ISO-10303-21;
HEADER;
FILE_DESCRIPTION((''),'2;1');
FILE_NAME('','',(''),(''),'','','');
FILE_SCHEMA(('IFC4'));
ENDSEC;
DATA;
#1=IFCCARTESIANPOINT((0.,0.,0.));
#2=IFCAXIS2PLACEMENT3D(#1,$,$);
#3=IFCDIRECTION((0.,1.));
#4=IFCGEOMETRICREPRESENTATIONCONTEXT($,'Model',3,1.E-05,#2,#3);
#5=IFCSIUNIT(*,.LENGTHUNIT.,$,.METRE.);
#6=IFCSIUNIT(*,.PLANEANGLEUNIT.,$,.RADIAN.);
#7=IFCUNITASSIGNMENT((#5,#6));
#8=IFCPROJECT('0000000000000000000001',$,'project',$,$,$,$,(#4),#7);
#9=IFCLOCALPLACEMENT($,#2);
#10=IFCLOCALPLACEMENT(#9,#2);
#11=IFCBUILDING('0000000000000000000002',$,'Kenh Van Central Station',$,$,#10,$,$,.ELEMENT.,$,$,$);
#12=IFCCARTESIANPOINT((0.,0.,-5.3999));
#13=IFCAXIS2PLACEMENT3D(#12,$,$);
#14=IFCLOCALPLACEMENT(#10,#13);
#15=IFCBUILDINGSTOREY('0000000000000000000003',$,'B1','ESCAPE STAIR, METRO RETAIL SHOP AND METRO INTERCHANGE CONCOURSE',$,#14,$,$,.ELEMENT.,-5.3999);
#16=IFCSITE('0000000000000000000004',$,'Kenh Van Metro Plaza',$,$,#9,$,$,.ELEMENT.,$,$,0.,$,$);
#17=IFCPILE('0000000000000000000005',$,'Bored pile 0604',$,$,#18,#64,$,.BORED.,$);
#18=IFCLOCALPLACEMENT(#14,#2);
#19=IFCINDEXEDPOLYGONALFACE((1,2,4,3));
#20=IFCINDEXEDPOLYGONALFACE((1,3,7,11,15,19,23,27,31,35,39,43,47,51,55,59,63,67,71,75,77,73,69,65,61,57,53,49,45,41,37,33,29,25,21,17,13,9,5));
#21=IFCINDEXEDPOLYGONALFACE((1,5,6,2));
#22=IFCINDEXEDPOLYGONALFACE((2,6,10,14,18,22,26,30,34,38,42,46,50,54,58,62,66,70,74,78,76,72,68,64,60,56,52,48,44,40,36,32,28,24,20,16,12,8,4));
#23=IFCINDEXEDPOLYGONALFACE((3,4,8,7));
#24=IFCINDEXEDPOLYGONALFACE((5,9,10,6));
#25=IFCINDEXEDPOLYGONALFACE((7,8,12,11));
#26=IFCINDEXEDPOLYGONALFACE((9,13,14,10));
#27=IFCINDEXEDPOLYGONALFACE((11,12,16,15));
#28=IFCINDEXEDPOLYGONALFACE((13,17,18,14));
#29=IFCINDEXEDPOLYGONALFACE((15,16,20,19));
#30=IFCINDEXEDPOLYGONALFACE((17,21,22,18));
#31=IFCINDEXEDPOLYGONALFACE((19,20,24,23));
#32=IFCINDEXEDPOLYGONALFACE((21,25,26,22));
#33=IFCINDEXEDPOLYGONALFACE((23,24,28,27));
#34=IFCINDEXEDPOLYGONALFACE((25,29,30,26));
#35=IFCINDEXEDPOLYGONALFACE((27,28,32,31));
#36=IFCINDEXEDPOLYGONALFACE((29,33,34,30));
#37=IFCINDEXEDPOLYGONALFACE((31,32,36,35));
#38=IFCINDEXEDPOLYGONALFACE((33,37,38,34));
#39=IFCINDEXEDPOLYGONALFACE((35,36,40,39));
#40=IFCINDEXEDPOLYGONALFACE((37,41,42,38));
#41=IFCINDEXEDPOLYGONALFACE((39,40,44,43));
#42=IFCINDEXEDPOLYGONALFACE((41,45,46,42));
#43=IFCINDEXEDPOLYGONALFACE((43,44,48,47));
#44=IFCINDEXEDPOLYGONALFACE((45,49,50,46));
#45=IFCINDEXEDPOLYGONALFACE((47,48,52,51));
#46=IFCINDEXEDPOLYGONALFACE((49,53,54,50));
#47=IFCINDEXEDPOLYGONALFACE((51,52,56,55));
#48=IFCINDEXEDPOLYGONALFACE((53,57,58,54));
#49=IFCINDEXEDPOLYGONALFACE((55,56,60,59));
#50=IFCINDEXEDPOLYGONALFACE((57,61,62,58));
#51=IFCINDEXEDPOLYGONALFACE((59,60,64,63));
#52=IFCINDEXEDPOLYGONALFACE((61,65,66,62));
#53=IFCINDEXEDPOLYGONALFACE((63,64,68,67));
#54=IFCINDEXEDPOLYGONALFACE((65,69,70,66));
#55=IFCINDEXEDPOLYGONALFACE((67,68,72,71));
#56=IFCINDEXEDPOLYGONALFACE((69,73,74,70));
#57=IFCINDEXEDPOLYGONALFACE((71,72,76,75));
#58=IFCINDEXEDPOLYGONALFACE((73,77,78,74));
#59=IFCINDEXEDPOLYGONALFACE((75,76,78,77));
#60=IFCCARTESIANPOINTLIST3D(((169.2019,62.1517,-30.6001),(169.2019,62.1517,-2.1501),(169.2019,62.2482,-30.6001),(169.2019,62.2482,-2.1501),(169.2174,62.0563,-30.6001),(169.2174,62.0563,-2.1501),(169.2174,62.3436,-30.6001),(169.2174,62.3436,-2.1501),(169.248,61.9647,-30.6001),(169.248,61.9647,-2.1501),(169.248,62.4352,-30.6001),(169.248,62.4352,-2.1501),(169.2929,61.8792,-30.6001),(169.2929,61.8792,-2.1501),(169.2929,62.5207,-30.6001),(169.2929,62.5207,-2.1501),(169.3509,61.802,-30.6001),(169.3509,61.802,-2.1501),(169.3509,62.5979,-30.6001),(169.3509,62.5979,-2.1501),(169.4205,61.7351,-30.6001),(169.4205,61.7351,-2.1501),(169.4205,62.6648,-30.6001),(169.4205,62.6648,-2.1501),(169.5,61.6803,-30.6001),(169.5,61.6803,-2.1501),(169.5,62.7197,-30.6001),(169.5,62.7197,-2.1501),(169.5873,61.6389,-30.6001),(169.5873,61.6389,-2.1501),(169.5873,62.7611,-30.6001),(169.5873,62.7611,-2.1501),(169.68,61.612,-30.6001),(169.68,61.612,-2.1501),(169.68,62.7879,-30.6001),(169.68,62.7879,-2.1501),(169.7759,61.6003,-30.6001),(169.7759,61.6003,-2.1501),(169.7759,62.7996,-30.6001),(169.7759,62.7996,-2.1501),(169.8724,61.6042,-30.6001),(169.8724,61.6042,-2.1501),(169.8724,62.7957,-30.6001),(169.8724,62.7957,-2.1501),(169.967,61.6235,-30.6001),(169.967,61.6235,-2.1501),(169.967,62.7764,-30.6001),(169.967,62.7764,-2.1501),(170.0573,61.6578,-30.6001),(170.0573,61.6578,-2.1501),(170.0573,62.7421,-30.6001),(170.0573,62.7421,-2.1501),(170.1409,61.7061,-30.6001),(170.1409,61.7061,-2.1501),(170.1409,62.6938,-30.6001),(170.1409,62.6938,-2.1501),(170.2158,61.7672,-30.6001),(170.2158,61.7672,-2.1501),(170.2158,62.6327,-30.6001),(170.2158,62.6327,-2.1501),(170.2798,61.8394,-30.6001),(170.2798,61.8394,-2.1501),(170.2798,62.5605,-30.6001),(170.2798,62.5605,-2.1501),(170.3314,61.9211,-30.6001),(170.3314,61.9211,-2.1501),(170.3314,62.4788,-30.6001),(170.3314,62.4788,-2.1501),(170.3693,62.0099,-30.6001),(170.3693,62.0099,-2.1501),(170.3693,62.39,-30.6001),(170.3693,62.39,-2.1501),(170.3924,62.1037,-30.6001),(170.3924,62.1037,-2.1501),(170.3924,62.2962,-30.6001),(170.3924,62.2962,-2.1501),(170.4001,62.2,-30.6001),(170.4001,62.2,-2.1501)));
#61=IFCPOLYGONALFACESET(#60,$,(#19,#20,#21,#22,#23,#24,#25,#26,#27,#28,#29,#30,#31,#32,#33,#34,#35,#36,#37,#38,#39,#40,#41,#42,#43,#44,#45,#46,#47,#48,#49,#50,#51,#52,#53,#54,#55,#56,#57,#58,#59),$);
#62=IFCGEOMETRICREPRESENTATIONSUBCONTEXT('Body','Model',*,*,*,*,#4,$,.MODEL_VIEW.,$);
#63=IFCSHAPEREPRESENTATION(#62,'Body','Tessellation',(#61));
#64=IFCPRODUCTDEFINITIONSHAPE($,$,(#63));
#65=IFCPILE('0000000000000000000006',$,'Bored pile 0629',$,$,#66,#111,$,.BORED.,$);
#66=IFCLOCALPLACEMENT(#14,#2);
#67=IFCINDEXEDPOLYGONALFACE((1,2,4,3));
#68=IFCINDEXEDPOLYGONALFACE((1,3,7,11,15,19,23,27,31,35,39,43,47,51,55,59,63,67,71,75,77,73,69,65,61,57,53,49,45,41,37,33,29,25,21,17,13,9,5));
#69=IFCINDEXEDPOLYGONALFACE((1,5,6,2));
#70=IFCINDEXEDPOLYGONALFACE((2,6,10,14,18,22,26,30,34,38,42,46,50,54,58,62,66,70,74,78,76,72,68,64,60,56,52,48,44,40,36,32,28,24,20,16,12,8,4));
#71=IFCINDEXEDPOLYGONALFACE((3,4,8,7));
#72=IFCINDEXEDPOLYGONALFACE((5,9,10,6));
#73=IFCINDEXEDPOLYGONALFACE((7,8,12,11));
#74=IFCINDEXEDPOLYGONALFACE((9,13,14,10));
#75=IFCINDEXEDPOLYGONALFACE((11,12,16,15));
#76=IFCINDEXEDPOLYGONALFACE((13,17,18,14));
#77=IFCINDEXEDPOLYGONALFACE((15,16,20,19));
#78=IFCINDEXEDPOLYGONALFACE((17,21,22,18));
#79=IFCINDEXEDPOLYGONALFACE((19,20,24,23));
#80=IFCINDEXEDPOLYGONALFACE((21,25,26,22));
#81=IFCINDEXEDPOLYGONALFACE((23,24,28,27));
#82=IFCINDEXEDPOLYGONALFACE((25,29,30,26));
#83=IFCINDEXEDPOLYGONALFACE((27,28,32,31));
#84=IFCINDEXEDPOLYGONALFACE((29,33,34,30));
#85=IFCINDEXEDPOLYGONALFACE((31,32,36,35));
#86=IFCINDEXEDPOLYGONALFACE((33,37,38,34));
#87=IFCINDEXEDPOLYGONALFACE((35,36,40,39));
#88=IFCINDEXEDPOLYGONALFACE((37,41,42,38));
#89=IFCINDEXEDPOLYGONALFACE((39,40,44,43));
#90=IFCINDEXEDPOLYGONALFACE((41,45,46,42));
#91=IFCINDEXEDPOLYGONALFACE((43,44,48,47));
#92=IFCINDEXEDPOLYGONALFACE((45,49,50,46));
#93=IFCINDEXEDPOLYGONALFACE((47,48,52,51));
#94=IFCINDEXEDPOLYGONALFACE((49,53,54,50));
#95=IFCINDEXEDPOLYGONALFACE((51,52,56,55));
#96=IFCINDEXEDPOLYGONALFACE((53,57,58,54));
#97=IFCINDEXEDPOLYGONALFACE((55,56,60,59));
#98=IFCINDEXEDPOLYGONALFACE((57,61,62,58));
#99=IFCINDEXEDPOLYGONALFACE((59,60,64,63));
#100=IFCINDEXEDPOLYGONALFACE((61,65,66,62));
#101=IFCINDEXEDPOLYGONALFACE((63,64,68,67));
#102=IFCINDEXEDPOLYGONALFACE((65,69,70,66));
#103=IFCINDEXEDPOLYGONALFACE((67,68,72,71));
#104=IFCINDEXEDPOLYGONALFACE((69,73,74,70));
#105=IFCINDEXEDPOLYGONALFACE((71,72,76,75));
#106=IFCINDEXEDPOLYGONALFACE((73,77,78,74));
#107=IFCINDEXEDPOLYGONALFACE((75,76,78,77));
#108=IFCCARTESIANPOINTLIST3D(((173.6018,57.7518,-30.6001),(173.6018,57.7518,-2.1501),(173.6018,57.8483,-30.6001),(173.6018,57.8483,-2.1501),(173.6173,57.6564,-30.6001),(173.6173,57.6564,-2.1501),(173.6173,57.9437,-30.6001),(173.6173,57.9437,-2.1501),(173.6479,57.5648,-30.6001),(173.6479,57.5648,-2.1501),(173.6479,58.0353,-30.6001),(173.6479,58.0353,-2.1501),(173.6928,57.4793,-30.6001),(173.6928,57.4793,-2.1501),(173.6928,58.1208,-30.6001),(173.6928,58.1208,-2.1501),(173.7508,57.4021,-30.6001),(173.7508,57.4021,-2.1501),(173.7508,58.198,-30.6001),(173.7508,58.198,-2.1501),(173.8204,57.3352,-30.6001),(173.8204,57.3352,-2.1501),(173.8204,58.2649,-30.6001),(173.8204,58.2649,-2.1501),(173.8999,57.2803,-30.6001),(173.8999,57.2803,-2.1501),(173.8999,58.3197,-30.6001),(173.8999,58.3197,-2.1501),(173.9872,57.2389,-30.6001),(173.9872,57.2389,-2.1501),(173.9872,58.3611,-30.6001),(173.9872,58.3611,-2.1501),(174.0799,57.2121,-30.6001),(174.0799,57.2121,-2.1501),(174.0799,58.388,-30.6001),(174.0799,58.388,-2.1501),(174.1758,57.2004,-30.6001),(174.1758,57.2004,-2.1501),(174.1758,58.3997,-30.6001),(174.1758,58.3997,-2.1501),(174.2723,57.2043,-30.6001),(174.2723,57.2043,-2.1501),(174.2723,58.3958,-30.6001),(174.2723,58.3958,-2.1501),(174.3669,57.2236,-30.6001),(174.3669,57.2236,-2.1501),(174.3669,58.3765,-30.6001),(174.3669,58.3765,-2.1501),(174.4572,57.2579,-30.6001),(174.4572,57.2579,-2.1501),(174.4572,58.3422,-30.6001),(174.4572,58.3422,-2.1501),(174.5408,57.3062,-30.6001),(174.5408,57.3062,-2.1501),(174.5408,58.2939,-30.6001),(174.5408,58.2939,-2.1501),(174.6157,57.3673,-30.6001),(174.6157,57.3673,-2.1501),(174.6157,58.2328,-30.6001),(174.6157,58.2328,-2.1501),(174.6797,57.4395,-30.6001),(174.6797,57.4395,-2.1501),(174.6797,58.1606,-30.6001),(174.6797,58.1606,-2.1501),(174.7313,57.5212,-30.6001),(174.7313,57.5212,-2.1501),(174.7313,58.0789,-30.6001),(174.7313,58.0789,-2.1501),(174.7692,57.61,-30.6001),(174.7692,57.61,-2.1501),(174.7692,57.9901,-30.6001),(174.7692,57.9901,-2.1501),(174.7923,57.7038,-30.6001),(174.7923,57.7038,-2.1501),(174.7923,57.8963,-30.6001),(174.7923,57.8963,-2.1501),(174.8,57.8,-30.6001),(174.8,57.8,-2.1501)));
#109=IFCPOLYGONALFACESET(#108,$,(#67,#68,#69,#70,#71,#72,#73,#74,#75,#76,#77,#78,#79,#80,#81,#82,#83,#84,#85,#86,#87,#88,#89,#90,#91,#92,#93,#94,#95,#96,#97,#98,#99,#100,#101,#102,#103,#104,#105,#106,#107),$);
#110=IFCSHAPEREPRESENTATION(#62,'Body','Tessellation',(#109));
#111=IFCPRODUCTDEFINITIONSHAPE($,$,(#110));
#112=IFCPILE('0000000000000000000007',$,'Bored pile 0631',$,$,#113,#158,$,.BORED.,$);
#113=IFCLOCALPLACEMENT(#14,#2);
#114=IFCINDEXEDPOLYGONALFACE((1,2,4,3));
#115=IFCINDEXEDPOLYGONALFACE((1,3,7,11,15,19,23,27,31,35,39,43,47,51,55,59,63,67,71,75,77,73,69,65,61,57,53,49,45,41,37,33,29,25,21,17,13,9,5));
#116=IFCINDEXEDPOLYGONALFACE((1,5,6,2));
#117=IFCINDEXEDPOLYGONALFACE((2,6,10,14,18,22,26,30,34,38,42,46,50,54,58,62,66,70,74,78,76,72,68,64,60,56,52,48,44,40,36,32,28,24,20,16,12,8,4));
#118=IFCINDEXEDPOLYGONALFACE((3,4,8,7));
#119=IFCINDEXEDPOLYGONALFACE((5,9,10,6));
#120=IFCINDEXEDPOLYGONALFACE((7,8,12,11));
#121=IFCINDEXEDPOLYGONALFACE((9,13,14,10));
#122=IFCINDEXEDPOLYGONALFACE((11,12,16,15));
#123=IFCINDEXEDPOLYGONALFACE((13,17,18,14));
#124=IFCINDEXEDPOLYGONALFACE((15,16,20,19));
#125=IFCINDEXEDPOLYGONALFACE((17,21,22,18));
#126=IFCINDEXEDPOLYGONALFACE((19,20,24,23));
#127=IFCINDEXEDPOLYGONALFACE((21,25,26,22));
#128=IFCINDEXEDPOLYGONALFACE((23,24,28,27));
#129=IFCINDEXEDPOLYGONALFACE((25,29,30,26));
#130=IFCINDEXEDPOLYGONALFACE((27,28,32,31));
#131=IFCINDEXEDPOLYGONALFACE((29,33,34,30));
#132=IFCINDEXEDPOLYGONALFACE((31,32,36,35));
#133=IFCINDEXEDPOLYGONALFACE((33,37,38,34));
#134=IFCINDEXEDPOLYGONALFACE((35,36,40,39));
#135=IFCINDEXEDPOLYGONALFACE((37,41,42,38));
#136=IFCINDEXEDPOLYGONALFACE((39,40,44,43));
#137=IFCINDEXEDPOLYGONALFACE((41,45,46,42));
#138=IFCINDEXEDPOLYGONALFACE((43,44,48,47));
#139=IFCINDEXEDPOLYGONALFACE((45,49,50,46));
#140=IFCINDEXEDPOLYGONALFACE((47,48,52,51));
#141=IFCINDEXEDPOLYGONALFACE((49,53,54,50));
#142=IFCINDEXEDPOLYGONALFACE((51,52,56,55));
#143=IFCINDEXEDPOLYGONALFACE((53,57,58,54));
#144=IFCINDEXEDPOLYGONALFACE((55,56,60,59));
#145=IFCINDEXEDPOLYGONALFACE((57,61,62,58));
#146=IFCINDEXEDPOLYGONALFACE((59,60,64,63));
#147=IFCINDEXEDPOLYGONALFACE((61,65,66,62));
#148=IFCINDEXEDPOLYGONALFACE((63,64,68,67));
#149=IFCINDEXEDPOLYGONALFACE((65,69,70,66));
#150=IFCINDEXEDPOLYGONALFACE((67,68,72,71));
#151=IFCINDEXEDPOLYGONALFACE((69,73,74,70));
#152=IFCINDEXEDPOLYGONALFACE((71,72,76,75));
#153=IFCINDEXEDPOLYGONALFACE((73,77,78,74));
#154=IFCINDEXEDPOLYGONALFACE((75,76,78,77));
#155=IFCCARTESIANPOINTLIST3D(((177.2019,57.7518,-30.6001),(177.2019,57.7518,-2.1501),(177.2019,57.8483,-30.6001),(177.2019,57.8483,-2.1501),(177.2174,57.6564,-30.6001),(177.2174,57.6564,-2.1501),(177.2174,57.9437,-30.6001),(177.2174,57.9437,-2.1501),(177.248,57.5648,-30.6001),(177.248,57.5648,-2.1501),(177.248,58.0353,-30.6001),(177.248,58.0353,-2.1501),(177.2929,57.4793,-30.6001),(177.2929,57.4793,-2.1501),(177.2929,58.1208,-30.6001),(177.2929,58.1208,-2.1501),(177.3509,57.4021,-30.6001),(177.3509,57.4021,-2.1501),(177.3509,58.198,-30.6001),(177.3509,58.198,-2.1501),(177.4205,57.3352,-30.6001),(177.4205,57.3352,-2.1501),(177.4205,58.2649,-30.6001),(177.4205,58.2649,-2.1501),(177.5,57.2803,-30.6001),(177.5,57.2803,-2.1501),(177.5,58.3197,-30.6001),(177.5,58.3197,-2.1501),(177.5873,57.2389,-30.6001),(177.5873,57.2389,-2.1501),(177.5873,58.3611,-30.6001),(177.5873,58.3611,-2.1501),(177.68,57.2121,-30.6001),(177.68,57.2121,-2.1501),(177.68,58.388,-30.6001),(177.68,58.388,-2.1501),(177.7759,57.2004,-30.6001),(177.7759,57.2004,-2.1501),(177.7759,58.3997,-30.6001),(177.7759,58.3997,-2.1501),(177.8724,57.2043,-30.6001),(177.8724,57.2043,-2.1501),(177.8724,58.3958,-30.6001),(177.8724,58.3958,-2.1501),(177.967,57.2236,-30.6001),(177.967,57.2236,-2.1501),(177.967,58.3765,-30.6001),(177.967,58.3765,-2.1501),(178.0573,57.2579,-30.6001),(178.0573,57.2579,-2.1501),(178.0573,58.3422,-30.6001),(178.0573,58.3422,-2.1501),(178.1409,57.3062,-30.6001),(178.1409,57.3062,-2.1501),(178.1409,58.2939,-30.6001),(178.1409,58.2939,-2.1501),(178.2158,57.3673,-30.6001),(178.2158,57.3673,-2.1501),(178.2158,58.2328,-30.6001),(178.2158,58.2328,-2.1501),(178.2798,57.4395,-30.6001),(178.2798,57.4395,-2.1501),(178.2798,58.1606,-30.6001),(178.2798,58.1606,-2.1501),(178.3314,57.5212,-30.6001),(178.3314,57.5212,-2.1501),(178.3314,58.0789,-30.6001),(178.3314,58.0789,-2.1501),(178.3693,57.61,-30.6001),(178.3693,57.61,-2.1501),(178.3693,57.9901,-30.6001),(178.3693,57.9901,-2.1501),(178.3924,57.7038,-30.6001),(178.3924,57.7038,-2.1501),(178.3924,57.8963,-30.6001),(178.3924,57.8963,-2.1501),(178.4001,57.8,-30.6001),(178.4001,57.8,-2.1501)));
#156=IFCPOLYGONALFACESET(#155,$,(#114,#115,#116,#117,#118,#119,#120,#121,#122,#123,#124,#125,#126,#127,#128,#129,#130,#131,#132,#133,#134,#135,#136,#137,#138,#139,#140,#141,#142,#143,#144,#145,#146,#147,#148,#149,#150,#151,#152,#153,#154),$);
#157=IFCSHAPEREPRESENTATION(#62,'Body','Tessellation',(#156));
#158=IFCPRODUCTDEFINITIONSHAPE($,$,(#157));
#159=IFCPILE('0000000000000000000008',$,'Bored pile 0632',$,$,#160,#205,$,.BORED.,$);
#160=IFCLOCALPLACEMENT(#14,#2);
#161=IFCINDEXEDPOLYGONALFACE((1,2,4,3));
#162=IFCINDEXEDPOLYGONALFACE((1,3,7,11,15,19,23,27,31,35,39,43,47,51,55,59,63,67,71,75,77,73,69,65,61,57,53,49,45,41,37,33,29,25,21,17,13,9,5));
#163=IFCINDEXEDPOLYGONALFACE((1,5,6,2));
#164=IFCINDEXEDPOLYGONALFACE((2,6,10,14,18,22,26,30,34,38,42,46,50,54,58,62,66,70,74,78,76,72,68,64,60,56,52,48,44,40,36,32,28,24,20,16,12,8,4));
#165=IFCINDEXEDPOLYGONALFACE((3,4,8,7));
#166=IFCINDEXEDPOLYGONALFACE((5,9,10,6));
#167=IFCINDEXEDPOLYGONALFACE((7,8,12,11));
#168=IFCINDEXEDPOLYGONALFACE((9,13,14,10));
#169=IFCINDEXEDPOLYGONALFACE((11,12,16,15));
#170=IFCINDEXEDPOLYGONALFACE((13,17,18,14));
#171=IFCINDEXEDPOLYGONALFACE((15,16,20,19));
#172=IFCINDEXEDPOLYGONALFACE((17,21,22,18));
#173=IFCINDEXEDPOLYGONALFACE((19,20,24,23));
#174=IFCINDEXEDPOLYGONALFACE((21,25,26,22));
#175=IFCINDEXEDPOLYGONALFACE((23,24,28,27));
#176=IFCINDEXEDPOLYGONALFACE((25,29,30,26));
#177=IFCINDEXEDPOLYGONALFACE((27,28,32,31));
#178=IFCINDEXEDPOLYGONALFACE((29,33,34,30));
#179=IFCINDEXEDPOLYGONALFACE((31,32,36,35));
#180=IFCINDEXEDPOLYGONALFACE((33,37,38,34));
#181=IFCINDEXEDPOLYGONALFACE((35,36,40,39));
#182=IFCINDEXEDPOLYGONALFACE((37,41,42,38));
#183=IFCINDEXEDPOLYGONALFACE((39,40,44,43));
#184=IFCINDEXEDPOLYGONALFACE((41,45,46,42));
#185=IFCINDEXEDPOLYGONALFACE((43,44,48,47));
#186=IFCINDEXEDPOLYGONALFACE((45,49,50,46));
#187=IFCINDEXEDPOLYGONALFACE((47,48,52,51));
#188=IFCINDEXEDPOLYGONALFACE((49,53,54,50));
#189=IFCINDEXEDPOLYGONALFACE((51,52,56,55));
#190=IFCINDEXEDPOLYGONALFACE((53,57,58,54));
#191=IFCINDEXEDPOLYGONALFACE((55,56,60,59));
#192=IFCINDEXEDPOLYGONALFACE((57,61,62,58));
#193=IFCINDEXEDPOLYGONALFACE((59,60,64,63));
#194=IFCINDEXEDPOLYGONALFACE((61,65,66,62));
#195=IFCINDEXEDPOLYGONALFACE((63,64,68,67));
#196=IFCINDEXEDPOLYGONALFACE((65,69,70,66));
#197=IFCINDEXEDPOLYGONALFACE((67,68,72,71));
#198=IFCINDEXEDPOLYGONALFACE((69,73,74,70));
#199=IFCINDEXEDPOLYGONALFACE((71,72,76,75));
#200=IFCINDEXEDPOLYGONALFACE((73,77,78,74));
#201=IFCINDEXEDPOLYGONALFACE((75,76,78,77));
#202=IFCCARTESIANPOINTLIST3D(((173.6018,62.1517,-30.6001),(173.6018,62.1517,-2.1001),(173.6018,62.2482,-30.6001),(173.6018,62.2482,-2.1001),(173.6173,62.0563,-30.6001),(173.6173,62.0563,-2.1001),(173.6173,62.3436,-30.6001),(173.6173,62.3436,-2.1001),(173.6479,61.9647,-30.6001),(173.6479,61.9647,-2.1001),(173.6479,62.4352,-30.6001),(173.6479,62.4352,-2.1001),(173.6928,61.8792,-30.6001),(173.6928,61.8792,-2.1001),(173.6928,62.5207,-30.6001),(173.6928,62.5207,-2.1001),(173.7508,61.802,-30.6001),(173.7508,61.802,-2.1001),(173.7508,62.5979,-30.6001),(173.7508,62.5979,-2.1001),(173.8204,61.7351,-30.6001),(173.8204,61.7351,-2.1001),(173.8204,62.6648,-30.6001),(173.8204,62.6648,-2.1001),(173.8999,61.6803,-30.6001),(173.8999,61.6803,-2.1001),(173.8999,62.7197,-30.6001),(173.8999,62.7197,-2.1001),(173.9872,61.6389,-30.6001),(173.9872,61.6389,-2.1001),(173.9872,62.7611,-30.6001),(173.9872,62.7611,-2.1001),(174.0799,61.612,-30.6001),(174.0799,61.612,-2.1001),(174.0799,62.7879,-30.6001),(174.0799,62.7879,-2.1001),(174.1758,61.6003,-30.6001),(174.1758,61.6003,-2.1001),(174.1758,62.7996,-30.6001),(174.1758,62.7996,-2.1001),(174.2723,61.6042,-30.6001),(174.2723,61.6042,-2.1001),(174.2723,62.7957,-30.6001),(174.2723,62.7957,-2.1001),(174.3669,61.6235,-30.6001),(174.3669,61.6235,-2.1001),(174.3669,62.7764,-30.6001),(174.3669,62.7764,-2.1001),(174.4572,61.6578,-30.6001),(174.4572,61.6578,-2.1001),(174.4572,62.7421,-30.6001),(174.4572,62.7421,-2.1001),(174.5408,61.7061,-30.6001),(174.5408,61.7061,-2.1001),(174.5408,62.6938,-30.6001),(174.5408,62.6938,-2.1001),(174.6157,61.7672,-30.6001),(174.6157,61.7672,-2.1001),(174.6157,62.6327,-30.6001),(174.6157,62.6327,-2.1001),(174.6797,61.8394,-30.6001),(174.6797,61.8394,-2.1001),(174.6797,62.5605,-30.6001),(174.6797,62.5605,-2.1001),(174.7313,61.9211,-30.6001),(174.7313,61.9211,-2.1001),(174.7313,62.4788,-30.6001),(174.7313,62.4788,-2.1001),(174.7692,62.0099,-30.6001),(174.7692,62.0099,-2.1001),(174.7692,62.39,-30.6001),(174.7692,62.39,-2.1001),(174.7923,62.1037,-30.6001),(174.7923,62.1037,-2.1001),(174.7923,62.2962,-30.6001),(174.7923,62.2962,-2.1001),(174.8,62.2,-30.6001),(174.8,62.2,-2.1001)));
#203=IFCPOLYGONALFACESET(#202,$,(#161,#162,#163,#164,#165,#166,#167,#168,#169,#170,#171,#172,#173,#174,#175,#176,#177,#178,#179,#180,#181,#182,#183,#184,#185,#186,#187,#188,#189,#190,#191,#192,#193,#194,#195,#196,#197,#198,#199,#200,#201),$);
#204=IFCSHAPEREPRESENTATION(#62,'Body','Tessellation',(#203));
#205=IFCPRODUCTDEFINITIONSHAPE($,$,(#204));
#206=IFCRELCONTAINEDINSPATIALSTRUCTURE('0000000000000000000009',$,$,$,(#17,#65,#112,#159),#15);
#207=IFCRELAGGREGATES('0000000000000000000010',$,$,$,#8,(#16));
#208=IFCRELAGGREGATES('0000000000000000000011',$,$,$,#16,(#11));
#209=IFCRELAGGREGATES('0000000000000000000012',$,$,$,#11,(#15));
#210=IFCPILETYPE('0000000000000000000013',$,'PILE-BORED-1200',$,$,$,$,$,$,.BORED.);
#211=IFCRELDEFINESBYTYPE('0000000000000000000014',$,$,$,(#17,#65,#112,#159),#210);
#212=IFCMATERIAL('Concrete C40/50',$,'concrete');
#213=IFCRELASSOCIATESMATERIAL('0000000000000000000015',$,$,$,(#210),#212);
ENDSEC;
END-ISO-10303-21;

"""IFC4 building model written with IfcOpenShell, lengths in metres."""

from ifc_helpers import new_model, si_unit, direction, frame, origin, origin_2d, place, context, subcontext, project, spatial, circle, extrude, material, material_profile, profile_set, type_object, element, save


model = new_model("IFC4")

# Units and contexts
model_context = context("Model", 3, precision=1e-05, world=origin(), true_north=direction((0.0, 1.0)))
body_context = subcontext(model_context, "Body", "Model", "MODEL_VIEW")
ifc_project = project(units=[si_unit("LENGTHUNIT", "METRE"), si_unit("PLANEANGLEUNIT", "RADIAN")], contexts=[model_context])

# Site, building, storey
site_placement = place(None, origin())
site = spatial("IfcSite", under=ifc_project, at=site_placement, Name="Kenh Van Metro Plaza", CompositionType="ELEMENT", RefElevation=0.0)
building_placement = place(site_placement, origin())
building = spatial("IfcBuilding", under=site, at=building_placement, Name="Kenh Van Central Station", CompositionType="ELEMENT")
storey_placement = place(building_placement, frame((0.0, 0.0, -5.3999)))
storey = spatial("IfcBuildingStorey", under=building, at=storey_placement, Name="B1", Description="ESCAPE STAIR, METRO RETAIL SHOP AND METRO INTERCHANGE CONCOURSE", CompositionType="ELEMENT", Elevation=-5.3999)

# Shared definitions
ifc_material_1 = material(Name="Concrete C40/50", Category="concrete")

# Piles
ifc_material_profile_1 = material_profile(ifc_material_1, circle(Radius=0.6001, at=origin_2d()), Name="PILE D1200")
ifc_profile_set_1 = profile_set([ifc_material_profile_1], Name="Concrete C40/50")
pile_type = type_object("IfcPileType", Name="PILE-BORED-1200", PredefinedType="BORED", material=ifc_profile_set_1)
for number, where, z_axis, x_axis, name in (
    (1, (169.8, 62.2, -2.1501), (0.0, 0.0, -1.0), (1.0, 0.0, 0.0), "Bored pile 0604"),
    (2, (174.2, 57.8, -2.1501), (0.0, 0.0, -1.0), (1.0, 0.0, 0.0), "Bored pile 0629"),
    (3, (177.8, 57.8, -2.1501), (0.0, 0.0, -1.0), (1.0, 0.0, 0.0), "Bored pile 0631"),
):
    element("IfcPile", number, at=place(storey_placement, frame(where, z_axis=z_axis, x_axis=x_axis)), inside=storey, type_object=pile_type, Name=name, PredefinedType="BORED", context=body_context, shape_type="SweptSolid", body=[
        extrude(circle(Radius=0.6001, at=origin_2d()), origin(), (0.0, 0.0, 1.0), 28.45),
    ])
for number, where, z_axis, x_axis, name in (
    (4, (174.2, 62.2, -2.1001), (0.0, 0.0, -1.0), (1.0, 0.0, 0.0), "Bored pile 0632"),
):
    element("IfcPile", number, at=place(storey_placement, frame(where, z_axis=z_axis, x_axis=x_axis)), inside=storey, type_object=pile_type, Name=name, PredefinedType="BORED", context=body_context, shape_type="SweptSolid", body=[
        extrude(circle(Radius=0.6001, at=origin_2d()), origin(), (0.0, 0.0, 1.0), 28.5),
    ])

save(model, "model.ifc")
